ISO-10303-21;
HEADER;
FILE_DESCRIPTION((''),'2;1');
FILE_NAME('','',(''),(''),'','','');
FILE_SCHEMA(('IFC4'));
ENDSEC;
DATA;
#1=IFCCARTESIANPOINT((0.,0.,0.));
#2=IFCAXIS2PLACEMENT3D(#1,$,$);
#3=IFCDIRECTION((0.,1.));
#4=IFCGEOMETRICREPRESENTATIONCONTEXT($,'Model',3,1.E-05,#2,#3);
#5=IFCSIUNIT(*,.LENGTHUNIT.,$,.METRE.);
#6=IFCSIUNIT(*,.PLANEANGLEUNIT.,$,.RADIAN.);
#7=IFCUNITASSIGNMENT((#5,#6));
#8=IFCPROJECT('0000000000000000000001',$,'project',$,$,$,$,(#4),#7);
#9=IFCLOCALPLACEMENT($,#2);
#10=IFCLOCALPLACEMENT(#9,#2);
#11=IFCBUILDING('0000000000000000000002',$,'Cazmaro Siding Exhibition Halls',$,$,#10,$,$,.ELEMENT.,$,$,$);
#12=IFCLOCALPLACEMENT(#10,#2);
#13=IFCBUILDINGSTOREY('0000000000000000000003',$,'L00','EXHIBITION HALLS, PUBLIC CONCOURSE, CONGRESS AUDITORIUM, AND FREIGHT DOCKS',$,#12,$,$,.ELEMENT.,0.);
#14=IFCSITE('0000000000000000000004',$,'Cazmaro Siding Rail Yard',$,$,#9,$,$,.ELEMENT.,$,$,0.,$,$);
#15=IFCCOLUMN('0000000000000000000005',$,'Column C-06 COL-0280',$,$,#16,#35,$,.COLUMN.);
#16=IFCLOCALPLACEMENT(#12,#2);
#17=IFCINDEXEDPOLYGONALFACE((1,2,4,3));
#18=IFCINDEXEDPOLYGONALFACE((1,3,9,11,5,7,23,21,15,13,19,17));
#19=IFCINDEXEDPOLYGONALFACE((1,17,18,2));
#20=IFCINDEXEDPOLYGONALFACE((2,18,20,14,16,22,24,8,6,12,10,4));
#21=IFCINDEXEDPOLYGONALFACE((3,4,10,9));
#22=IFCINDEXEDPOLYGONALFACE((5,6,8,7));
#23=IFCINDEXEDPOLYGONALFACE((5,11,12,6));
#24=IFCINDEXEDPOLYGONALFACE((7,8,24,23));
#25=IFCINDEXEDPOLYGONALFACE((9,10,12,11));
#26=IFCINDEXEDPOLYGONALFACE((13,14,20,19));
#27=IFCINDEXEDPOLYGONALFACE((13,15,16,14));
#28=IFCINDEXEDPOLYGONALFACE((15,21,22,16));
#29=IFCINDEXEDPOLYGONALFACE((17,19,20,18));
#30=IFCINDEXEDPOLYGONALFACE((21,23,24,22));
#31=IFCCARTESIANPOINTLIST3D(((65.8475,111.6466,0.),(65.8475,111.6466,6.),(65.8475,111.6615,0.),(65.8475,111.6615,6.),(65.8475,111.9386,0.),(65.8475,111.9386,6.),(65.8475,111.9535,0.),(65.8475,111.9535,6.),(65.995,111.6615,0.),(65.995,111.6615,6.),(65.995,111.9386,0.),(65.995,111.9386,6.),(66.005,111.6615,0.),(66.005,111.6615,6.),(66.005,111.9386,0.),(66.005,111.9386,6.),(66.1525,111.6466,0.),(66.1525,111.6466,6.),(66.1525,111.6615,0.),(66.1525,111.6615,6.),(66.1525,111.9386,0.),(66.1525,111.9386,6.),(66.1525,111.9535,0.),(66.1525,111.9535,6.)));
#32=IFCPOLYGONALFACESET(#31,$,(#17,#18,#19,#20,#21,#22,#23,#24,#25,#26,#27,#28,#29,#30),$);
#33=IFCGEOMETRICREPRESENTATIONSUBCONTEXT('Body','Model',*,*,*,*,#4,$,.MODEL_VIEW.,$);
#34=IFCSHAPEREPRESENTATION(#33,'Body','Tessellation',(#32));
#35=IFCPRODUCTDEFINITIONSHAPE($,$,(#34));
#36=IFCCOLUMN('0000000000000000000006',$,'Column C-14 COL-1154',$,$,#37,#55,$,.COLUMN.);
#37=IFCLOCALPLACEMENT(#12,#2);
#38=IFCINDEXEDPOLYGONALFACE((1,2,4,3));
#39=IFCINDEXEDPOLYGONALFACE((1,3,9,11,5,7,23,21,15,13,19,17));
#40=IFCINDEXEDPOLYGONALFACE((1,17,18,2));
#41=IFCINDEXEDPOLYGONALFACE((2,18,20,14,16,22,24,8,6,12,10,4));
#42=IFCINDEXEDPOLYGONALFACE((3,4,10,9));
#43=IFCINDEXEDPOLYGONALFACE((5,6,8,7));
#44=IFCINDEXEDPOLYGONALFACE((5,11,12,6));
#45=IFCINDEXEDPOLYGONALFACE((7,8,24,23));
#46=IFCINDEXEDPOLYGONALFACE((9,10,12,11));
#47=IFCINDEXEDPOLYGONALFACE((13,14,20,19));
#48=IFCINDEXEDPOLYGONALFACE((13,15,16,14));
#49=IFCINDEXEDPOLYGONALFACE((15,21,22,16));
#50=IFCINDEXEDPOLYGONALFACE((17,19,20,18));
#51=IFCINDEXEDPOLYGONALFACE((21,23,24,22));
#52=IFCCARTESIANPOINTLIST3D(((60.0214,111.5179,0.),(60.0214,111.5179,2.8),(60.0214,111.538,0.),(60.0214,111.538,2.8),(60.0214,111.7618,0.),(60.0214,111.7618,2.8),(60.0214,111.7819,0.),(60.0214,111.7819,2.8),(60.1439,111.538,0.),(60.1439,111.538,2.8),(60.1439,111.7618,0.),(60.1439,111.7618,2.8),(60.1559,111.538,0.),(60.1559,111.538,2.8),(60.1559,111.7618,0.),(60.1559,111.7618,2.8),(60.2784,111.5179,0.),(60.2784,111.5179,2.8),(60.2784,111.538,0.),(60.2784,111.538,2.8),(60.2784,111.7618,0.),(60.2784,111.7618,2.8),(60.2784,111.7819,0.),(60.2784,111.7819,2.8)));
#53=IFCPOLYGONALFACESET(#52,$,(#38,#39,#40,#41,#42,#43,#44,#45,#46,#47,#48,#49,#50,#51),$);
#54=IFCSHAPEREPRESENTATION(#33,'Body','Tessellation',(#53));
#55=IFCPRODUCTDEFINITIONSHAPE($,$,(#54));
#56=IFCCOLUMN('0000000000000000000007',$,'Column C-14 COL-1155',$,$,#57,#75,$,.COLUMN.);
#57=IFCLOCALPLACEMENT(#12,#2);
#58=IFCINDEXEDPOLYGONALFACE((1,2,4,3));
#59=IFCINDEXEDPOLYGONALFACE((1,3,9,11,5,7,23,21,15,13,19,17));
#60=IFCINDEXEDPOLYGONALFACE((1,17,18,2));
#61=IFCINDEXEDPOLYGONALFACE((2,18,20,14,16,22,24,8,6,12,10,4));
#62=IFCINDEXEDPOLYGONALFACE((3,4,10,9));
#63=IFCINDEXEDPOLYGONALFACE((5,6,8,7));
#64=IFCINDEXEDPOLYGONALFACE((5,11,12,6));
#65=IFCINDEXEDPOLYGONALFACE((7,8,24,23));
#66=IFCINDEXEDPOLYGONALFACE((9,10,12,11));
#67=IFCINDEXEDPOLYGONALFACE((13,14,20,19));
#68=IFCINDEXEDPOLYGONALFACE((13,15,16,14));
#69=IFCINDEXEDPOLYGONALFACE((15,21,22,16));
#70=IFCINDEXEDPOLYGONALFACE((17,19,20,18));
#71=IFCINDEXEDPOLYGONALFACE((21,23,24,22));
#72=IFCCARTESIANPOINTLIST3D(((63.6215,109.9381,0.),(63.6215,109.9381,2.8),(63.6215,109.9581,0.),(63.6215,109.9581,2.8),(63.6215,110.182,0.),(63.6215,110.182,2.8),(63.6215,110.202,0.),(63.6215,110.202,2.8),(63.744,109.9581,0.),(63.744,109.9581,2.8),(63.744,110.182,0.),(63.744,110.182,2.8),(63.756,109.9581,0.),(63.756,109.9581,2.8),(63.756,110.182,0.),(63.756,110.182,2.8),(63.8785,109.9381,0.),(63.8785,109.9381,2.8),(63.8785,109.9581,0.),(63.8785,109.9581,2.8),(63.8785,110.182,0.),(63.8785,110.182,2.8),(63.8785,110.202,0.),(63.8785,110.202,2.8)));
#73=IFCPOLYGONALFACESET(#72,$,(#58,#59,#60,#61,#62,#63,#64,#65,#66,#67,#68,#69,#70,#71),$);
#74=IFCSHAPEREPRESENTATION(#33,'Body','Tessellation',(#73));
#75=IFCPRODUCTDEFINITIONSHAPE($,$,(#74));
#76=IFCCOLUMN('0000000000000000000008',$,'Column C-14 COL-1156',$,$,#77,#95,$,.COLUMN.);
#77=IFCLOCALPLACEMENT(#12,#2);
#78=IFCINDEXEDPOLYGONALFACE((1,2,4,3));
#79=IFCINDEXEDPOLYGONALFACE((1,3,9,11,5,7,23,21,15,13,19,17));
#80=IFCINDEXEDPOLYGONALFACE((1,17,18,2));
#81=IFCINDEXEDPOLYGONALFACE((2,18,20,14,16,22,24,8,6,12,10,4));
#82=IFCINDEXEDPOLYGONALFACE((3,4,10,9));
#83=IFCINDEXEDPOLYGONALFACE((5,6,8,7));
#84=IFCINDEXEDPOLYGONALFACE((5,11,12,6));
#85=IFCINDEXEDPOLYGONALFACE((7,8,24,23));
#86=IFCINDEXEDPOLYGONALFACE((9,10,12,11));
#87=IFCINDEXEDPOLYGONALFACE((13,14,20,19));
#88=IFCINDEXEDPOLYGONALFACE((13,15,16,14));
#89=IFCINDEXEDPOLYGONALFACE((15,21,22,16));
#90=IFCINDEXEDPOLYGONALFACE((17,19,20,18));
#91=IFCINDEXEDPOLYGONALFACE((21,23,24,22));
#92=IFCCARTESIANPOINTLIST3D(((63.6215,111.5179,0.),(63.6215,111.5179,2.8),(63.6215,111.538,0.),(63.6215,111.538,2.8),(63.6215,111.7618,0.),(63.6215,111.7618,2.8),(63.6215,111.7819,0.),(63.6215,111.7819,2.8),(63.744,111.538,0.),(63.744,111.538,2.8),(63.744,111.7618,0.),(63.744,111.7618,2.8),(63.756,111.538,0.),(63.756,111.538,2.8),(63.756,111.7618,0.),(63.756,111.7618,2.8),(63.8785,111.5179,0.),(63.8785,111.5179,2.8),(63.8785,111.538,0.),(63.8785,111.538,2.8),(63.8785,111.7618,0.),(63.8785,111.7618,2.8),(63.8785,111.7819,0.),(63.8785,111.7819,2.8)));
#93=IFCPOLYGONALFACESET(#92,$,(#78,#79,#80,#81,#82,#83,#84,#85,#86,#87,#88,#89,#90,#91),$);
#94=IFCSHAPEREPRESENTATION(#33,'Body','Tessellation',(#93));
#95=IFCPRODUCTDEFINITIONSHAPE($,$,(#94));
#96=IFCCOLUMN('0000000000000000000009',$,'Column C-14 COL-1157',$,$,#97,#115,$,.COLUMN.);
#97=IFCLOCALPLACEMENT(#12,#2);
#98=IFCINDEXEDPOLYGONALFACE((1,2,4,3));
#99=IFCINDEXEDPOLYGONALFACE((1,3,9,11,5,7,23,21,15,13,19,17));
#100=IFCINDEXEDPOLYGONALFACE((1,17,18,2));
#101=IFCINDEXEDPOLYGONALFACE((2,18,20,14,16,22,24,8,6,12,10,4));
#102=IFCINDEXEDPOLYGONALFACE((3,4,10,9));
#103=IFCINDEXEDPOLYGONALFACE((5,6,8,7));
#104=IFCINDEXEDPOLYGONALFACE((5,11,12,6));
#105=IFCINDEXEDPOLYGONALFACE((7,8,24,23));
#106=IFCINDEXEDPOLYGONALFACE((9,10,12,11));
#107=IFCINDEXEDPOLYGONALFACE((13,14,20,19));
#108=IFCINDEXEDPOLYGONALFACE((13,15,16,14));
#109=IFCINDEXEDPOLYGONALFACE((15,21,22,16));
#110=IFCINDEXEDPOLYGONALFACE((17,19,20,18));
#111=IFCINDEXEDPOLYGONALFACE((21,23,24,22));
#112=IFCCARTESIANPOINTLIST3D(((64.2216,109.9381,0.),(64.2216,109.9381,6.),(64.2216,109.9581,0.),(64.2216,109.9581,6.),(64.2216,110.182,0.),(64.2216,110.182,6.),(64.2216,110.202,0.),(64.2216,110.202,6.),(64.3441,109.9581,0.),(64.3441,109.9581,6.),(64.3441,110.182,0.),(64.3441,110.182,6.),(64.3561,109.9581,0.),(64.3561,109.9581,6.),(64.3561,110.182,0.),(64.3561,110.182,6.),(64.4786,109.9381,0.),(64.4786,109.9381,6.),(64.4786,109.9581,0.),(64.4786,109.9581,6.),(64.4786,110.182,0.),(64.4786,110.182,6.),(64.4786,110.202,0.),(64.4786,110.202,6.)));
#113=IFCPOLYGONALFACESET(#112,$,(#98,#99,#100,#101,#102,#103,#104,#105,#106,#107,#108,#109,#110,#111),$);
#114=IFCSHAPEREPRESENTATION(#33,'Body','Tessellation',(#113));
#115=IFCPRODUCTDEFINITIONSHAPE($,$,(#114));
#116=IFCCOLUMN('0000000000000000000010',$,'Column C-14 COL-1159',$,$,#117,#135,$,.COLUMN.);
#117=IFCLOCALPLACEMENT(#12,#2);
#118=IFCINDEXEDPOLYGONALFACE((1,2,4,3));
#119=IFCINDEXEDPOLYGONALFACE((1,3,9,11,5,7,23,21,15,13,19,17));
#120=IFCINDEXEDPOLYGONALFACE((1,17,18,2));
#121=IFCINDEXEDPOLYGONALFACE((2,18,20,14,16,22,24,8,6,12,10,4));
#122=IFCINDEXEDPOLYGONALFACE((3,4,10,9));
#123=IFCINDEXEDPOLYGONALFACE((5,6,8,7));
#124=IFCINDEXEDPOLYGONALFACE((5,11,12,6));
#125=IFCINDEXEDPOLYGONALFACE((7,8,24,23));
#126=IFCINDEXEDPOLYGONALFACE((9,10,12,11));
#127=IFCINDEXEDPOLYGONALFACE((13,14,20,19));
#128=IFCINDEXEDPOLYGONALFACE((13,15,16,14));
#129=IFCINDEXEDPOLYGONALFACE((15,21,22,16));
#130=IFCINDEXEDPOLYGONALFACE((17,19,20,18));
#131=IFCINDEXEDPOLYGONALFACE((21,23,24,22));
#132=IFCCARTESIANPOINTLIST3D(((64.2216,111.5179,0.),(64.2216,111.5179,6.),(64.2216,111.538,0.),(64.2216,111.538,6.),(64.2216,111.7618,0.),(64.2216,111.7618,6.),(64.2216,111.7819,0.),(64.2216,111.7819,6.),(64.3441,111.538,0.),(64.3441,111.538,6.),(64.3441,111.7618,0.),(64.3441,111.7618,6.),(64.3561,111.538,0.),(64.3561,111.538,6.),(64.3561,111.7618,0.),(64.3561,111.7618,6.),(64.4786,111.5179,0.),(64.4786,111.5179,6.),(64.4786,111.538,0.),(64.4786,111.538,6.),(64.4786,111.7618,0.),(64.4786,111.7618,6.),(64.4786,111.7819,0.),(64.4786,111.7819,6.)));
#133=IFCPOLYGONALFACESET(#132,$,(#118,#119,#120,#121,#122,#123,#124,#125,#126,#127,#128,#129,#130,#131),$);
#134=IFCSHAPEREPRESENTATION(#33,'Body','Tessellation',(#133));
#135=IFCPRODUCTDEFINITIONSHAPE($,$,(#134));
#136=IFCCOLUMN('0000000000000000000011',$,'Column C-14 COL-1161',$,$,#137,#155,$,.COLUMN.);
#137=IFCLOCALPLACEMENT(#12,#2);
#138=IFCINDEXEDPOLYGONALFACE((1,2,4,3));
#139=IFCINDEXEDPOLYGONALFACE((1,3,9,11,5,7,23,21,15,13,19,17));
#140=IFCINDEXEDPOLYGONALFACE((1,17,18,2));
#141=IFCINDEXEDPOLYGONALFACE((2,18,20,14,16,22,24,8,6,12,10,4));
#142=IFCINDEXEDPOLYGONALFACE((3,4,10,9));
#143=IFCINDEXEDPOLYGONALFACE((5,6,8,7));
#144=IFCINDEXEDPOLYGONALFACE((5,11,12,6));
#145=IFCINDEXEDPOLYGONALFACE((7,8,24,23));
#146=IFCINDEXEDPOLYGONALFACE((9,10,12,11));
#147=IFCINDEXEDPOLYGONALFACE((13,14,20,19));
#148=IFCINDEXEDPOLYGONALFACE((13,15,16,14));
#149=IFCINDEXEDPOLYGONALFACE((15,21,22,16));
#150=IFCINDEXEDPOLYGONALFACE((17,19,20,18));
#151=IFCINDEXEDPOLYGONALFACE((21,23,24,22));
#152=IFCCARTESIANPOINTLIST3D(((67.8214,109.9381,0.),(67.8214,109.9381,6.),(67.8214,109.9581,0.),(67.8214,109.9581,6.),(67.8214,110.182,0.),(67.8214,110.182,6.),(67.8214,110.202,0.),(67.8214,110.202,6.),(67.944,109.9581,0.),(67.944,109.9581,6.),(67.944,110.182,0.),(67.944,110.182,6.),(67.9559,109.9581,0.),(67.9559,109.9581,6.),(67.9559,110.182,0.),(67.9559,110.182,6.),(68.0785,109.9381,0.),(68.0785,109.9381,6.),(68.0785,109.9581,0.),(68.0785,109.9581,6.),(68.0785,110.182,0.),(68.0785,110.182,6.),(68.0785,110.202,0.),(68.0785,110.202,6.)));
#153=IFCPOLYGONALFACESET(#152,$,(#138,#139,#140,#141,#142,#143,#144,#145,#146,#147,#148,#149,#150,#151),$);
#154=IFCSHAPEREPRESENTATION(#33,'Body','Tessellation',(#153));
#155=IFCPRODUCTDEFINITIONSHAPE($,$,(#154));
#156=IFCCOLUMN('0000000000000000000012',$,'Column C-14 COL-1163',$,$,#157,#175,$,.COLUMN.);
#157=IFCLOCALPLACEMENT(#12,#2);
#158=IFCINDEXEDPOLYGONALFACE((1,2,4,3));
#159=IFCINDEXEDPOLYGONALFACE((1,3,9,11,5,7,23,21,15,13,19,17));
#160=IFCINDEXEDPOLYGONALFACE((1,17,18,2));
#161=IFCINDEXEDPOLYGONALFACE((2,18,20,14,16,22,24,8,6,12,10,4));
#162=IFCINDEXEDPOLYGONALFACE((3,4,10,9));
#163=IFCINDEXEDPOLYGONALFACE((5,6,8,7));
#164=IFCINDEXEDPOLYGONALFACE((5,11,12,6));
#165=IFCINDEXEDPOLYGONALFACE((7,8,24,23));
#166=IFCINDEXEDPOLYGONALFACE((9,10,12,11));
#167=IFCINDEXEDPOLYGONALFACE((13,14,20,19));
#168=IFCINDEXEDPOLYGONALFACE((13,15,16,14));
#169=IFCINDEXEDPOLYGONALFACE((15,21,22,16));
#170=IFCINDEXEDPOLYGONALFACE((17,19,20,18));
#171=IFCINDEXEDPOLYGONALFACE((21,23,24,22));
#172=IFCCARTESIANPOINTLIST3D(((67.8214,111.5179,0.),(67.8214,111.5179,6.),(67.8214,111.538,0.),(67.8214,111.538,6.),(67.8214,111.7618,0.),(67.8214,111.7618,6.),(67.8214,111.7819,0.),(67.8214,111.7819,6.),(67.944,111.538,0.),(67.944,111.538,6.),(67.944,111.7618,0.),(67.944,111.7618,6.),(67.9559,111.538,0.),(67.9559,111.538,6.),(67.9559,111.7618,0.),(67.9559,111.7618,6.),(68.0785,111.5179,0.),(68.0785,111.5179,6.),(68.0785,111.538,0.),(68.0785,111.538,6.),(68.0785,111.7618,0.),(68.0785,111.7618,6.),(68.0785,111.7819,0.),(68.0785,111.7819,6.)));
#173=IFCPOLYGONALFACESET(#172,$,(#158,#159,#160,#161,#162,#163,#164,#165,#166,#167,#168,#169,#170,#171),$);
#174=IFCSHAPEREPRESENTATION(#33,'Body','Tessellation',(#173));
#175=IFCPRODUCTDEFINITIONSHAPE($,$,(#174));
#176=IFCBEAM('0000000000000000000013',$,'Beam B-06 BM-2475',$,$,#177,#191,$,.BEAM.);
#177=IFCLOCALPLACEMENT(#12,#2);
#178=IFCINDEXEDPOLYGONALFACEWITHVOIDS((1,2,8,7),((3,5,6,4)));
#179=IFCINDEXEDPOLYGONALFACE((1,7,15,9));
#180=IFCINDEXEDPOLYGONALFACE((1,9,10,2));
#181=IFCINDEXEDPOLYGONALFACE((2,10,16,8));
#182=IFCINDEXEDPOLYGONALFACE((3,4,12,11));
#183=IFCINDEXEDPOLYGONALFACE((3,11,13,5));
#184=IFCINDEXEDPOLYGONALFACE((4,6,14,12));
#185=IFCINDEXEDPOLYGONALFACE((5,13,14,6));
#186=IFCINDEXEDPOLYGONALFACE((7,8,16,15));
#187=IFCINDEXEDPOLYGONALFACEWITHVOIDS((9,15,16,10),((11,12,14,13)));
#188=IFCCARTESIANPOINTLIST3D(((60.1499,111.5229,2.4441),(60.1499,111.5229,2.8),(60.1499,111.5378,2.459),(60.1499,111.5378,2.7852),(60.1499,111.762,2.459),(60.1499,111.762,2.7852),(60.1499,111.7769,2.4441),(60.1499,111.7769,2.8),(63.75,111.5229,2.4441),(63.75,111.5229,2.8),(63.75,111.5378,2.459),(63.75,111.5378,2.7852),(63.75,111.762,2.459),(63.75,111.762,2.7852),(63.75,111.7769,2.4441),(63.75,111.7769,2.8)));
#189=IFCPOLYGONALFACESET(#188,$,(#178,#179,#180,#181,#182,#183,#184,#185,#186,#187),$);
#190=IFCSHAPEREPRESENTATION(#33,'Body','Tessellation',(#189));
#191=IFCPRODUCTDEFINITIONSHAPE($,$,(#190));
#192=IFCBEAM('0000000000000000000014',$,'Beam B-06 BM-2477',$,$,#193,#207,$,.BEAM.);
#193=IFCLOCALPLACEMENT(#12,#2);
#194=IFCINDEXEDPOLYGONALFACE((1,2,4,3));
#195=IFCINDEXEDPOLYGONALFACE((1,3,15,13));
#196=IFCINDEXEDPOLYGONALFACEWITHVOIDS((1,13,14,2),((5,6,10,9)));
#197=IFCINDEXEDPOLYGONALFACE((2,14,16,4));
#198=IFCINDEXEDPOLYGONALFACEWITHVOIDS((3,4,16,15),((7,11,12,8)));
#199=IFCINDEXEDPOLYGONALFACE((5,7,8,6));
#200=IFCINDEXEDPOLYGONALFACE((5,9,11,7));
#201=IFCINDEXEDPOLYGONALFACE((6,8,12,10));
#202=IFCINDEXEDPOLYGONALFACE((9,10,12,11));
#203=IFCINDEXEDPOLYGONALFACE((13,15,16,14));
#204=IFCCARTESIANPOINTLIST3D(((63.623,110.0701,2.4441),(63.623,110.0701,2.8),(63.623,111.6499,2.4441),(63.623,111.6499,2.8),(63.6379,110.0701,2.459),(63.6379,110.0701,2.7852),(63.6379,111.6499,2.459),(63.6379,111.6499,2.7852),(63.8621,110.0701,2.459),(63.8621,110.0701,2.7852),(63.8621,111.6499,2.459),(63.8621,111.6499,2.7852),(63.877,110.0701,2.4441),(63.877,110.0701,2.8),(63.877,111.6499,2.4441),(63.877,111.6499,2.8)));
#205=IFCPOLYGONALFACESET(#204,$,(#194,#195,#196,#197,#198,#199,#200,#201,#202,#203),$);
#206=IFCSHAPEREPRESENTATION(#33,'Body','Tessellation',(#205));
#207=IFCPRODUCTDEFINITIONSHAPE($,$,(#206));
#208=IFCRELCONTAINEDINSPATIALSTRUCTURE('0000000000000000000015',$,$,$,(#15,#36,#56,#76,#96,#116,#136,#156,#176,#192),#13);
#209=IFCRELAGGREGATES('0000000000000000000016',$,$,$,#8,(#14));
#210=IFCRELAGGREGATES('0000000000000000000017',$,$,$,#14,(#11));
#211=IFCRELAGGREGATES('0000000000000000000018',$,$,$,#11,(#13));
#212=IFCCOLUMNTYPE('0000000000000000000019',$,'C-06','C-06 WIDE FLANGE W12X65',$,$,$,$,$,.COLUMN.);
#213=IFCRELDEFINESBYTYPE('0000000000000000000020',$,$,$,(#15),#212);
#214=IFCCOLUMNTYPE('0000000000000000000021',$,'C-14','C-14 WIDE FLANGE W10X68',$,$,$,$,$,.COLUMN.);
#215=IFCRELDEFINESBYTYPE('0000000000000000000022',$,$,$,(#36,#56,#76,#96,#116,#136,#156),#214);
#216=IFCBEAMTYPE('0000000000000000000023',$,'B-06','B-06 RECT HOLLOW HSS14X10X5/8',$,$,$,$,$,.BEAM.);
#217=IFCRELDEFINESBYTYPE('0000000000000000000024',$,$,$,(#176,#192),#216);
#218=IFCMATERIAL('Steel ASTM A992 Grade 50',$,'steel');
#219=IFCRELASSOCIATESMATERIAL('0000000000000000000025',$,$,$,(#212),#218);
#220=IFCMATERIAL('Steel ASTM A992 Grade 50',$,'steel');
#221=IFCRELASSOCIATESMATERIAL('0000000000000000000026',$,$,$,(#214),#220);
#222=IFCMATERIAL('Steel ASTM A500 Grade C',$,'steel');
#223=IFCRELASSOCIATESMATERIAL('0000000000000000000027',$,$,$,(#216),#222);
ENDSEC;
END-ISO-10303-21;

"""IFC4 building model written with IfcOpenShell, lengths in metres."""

from ifc_helpers import new_model, si_unit, direction, frame, origin, origin_2d, place, context, subcontext, project, spatial, hollow_rectangle, i_section, extrude, material, material_profile, profile_set, type_object, element, save


model = new_model("IFC4")

# Units and contexts
model_context = context("Model", 3, precision=1e-05, world=origin(), true_north=direction((0.0, 1.0)))
body_context = subcontext(model_context, "Body", "Model", "MODEL_VIEW")
ifc_project = project(units=[si_unit("LENGTHUNIT", "METRE"), si_unit("PLANEANGLEUNIT", "RADIAN")], contexts=[model_context])

# Site, building, storey
site_placement = place(None, origin())
site = spatial("IfcSite", under=ifc_project, at=site_placement, Name="Cazmaro Siding Rail Yard", CompositionType="ELEMENT", RefElevation=0.0)
building_placement = place(site_placement, origin())
building = spatial("IfcBuilding", under=site, at=building_placement, Name="Cazmaro Siding Exhibition Halls", CompositionType="ELEMENT")
storey_placement = place(building_placement, origin())
storey = spatial("IfcBuildingStorey", under=building, at=storey_placement, Name="L00", Description="EXHIBITION HALLS, PUBLIC CONCOURSE, CONGRESS AUDITORIUM, AND FREIGHT DOCKS", CompositionType="ELEMENT", Elevation=0.0)

# Columns
ifc_material_1 = material(Name="Steel ASTM A992 Grade 50", Category="steel")
ifc_material_profile_1 = material_profile(ifc_material_1, i_section(OverallWidth=0.3049, OverallDepth=0.3069, WebThickness=0.01, FlangeThickness=0.0149, at=origin_2d()), Name="W12X65")
ifc_profile_set_1 = profile_set([ifc_material_profile_1], Name="Steel ASTM A992 Grade 50")
column_type_1 = type_object("IfcColumnType", Name="C-06", Description="C-06 WIDE FLANGE W12X65", PredefinedType="COLUMN", material=ifc_profile_set_1)
column_placement = place(storey_placement, frame((66.0, 111.8, 0.0), z_axis=(0.0, 0.0, 1.0), x_axis=(1.0, 0.0, 0.0)))
element("IfcColumn", 1, at=column_placement, inside=storey, type_object=column_type_1, Name="Column C-06 COL-0280", PredefinedType="COLUMN", context=body_context, shape_type="SweptSolid", body=[
    extrude(i_section(OverallWidth=0.3049, OverallDepth=0.3069, WebThickness=0.01, FlangeThickness=0.0149, at=origin_2d()), origin(), (0.0, 0.0, 1.0), 6.0),
])
ifc_material_2 = material(Name="Steel ASTM A992 Grade 50", Category="steel")
ifc_material_profile_2 = material_profile(ifc_material_2, i_section(OverallWidth=0.2571, OverallDepth=0.2639, WebThickness=0.012, FlangeThickness=0.02, at=origin_2d()), Name="W10X68")
ifc_profile_set_2 = profile_set([ifc_material_profile_2], Name="Steel ASTM A992 Grade 50")
column_type_2 = type_object("IfcColumnType", Name="C-14", Description="C-14 WIDE FLANGE W10X68", PredefinedType="COLUMN", material=ifc_profile_set_2)
for number, where, z_axis, x_axis, name in (
    (2, (60.1499, 111.6499, 0.0), (0.0, 0.0, 1.0), (1.0, 0.0, 0.0), "Column C-14 COL-1154"),
    (3, (63.75, 110.0701, 0.0), (0.0, 0.0, 1.0), (1.0, 0.0, 0.0), "Column C-14 COL-1155"),
    (4, (63.75, 111.6499, 0.0), (0.0, 0.0, 1.0), (1.0, 0.0, 0.0), "Column C-14 COL-1156"),
):
    element("IfcColumn", number, at=place(storey_placement, frame(where, z_axis=z_axis, x_axis=x_axis)), inside=storey, type_object=column_type_2, Name=name, PredefinedType="COLUMN", context=body_context, shape_type="SweptSolid", body=[
        extrude(i_section(OverallWidth=0.2571, OverallDepth=0.2639, WebThickness=0.012, FlangeThickness=0.02, at=origin_2d()), origin(), (0.0, 0.0, 1.0), 2.8),
    ])
for number, where, z_axis, x_axis, name in (
    (5, (64.3501, 110.0701, 0.0), (0.0, 0.0, 1.0), (1.0, 0.0, 0.0), "Column C-14 COL-1157"),
    (6, (64.3501, 111.6499, 0.0), (0.0, 0.0, 1.0), (1.0, 0.0, 0.0), "Column C-14 COL-1159"),
    (7, (67.95, 110.0701, 0.0), (0.0, 0.0, 1.0), (1.0, 0.0, 0.0), "Column C-14 COL-1161"),
    (8, (67.95, 111.6499, 0.0), (0.0, 0.0, 1.0), (1.0, 0.0, 0.0), "Column C-14 COL-1163"),
):
    element("IfcColumn", number, at=place(storey_placement, frame(where, z_axis=z_axis, x_axis=x_axis)), inside=storey, type_object=column_type_2, Name=name, PredefinedType="COLUMN", context=body_context, shape_type="SweptSolid", body=[
        extrude(i_section(OverallWidth=0.2571, OverallDepth=0.2639, WebThickness=0.012, FlangeThickness=0.02, at=origin_2d()), origin(), (0.0, 0.0, 1.0), 6.0),
    ])

# Beams
ifc_material_3 = material(Name="Steel ASTM A500 Grade C", Category="steel")
ifc_material_profile_3 = material_profile(ifc_material_3, hollow_rectangle(XDim=0.2539, YDim=0.356, WallThickness=0.0149, at=origin_2d()), Name="HSS14X10X5/8")
ifc_profile_set_3 = profile_set([ifc_material_profile_3], Name="Steel ASTM A500 Grade C")
beam_type = type_object("IfcBeamType", Name="B-06", Description="B-06 RECT HOLLOW HSS14X10X5/8", PredefinedType="BEAM", material=ifc_profile_set_3)
beam_1_placement = place(storey_placement, frame((60.1499, 111.6499, 2.6221), z_axis=(1.0, 0.0, 0.0), x_axis=(0.0, 1.0, 0.0)))
element("IfcBeam", 9, at=beam_1_placement, inside=storey, type_object=beam_type, Name="Beam B-06 BM-2475", PredefinedType="BEAM", context=body_context, shape_type="SweptSolid", body=[
    extrude(hollow_rectangle(XDim=0.2539, YDim=0.356, WallThickness=0.0149, at=origin_2d()), origin(), (0.0, 0.0, 1.0), 3.6001),
])
beam_2_placement = place(storey_placement, frame((63.75, 110.0701, 2.6221), z_axis=(0.0, 1.0, 0.0), x_axis=(-1.0, 0.0, 0.0)))
element("IfcBeam", 10, at=beam_2_placement, inside=storey, type_object=beam_type, Name="Beam B-06 BM-2477", PredefinedType="BEAM", context=body_context, shape_type="SweptSolid", body=[
    extrude(hollow_rectangle(XDim=0.2539, YDim=0.356, WallThickness=0.0149, at=origin_2d()), origin(), (0.0, 0.0, 1.0), 1.5798),
])

save(model, "model.ifc")
